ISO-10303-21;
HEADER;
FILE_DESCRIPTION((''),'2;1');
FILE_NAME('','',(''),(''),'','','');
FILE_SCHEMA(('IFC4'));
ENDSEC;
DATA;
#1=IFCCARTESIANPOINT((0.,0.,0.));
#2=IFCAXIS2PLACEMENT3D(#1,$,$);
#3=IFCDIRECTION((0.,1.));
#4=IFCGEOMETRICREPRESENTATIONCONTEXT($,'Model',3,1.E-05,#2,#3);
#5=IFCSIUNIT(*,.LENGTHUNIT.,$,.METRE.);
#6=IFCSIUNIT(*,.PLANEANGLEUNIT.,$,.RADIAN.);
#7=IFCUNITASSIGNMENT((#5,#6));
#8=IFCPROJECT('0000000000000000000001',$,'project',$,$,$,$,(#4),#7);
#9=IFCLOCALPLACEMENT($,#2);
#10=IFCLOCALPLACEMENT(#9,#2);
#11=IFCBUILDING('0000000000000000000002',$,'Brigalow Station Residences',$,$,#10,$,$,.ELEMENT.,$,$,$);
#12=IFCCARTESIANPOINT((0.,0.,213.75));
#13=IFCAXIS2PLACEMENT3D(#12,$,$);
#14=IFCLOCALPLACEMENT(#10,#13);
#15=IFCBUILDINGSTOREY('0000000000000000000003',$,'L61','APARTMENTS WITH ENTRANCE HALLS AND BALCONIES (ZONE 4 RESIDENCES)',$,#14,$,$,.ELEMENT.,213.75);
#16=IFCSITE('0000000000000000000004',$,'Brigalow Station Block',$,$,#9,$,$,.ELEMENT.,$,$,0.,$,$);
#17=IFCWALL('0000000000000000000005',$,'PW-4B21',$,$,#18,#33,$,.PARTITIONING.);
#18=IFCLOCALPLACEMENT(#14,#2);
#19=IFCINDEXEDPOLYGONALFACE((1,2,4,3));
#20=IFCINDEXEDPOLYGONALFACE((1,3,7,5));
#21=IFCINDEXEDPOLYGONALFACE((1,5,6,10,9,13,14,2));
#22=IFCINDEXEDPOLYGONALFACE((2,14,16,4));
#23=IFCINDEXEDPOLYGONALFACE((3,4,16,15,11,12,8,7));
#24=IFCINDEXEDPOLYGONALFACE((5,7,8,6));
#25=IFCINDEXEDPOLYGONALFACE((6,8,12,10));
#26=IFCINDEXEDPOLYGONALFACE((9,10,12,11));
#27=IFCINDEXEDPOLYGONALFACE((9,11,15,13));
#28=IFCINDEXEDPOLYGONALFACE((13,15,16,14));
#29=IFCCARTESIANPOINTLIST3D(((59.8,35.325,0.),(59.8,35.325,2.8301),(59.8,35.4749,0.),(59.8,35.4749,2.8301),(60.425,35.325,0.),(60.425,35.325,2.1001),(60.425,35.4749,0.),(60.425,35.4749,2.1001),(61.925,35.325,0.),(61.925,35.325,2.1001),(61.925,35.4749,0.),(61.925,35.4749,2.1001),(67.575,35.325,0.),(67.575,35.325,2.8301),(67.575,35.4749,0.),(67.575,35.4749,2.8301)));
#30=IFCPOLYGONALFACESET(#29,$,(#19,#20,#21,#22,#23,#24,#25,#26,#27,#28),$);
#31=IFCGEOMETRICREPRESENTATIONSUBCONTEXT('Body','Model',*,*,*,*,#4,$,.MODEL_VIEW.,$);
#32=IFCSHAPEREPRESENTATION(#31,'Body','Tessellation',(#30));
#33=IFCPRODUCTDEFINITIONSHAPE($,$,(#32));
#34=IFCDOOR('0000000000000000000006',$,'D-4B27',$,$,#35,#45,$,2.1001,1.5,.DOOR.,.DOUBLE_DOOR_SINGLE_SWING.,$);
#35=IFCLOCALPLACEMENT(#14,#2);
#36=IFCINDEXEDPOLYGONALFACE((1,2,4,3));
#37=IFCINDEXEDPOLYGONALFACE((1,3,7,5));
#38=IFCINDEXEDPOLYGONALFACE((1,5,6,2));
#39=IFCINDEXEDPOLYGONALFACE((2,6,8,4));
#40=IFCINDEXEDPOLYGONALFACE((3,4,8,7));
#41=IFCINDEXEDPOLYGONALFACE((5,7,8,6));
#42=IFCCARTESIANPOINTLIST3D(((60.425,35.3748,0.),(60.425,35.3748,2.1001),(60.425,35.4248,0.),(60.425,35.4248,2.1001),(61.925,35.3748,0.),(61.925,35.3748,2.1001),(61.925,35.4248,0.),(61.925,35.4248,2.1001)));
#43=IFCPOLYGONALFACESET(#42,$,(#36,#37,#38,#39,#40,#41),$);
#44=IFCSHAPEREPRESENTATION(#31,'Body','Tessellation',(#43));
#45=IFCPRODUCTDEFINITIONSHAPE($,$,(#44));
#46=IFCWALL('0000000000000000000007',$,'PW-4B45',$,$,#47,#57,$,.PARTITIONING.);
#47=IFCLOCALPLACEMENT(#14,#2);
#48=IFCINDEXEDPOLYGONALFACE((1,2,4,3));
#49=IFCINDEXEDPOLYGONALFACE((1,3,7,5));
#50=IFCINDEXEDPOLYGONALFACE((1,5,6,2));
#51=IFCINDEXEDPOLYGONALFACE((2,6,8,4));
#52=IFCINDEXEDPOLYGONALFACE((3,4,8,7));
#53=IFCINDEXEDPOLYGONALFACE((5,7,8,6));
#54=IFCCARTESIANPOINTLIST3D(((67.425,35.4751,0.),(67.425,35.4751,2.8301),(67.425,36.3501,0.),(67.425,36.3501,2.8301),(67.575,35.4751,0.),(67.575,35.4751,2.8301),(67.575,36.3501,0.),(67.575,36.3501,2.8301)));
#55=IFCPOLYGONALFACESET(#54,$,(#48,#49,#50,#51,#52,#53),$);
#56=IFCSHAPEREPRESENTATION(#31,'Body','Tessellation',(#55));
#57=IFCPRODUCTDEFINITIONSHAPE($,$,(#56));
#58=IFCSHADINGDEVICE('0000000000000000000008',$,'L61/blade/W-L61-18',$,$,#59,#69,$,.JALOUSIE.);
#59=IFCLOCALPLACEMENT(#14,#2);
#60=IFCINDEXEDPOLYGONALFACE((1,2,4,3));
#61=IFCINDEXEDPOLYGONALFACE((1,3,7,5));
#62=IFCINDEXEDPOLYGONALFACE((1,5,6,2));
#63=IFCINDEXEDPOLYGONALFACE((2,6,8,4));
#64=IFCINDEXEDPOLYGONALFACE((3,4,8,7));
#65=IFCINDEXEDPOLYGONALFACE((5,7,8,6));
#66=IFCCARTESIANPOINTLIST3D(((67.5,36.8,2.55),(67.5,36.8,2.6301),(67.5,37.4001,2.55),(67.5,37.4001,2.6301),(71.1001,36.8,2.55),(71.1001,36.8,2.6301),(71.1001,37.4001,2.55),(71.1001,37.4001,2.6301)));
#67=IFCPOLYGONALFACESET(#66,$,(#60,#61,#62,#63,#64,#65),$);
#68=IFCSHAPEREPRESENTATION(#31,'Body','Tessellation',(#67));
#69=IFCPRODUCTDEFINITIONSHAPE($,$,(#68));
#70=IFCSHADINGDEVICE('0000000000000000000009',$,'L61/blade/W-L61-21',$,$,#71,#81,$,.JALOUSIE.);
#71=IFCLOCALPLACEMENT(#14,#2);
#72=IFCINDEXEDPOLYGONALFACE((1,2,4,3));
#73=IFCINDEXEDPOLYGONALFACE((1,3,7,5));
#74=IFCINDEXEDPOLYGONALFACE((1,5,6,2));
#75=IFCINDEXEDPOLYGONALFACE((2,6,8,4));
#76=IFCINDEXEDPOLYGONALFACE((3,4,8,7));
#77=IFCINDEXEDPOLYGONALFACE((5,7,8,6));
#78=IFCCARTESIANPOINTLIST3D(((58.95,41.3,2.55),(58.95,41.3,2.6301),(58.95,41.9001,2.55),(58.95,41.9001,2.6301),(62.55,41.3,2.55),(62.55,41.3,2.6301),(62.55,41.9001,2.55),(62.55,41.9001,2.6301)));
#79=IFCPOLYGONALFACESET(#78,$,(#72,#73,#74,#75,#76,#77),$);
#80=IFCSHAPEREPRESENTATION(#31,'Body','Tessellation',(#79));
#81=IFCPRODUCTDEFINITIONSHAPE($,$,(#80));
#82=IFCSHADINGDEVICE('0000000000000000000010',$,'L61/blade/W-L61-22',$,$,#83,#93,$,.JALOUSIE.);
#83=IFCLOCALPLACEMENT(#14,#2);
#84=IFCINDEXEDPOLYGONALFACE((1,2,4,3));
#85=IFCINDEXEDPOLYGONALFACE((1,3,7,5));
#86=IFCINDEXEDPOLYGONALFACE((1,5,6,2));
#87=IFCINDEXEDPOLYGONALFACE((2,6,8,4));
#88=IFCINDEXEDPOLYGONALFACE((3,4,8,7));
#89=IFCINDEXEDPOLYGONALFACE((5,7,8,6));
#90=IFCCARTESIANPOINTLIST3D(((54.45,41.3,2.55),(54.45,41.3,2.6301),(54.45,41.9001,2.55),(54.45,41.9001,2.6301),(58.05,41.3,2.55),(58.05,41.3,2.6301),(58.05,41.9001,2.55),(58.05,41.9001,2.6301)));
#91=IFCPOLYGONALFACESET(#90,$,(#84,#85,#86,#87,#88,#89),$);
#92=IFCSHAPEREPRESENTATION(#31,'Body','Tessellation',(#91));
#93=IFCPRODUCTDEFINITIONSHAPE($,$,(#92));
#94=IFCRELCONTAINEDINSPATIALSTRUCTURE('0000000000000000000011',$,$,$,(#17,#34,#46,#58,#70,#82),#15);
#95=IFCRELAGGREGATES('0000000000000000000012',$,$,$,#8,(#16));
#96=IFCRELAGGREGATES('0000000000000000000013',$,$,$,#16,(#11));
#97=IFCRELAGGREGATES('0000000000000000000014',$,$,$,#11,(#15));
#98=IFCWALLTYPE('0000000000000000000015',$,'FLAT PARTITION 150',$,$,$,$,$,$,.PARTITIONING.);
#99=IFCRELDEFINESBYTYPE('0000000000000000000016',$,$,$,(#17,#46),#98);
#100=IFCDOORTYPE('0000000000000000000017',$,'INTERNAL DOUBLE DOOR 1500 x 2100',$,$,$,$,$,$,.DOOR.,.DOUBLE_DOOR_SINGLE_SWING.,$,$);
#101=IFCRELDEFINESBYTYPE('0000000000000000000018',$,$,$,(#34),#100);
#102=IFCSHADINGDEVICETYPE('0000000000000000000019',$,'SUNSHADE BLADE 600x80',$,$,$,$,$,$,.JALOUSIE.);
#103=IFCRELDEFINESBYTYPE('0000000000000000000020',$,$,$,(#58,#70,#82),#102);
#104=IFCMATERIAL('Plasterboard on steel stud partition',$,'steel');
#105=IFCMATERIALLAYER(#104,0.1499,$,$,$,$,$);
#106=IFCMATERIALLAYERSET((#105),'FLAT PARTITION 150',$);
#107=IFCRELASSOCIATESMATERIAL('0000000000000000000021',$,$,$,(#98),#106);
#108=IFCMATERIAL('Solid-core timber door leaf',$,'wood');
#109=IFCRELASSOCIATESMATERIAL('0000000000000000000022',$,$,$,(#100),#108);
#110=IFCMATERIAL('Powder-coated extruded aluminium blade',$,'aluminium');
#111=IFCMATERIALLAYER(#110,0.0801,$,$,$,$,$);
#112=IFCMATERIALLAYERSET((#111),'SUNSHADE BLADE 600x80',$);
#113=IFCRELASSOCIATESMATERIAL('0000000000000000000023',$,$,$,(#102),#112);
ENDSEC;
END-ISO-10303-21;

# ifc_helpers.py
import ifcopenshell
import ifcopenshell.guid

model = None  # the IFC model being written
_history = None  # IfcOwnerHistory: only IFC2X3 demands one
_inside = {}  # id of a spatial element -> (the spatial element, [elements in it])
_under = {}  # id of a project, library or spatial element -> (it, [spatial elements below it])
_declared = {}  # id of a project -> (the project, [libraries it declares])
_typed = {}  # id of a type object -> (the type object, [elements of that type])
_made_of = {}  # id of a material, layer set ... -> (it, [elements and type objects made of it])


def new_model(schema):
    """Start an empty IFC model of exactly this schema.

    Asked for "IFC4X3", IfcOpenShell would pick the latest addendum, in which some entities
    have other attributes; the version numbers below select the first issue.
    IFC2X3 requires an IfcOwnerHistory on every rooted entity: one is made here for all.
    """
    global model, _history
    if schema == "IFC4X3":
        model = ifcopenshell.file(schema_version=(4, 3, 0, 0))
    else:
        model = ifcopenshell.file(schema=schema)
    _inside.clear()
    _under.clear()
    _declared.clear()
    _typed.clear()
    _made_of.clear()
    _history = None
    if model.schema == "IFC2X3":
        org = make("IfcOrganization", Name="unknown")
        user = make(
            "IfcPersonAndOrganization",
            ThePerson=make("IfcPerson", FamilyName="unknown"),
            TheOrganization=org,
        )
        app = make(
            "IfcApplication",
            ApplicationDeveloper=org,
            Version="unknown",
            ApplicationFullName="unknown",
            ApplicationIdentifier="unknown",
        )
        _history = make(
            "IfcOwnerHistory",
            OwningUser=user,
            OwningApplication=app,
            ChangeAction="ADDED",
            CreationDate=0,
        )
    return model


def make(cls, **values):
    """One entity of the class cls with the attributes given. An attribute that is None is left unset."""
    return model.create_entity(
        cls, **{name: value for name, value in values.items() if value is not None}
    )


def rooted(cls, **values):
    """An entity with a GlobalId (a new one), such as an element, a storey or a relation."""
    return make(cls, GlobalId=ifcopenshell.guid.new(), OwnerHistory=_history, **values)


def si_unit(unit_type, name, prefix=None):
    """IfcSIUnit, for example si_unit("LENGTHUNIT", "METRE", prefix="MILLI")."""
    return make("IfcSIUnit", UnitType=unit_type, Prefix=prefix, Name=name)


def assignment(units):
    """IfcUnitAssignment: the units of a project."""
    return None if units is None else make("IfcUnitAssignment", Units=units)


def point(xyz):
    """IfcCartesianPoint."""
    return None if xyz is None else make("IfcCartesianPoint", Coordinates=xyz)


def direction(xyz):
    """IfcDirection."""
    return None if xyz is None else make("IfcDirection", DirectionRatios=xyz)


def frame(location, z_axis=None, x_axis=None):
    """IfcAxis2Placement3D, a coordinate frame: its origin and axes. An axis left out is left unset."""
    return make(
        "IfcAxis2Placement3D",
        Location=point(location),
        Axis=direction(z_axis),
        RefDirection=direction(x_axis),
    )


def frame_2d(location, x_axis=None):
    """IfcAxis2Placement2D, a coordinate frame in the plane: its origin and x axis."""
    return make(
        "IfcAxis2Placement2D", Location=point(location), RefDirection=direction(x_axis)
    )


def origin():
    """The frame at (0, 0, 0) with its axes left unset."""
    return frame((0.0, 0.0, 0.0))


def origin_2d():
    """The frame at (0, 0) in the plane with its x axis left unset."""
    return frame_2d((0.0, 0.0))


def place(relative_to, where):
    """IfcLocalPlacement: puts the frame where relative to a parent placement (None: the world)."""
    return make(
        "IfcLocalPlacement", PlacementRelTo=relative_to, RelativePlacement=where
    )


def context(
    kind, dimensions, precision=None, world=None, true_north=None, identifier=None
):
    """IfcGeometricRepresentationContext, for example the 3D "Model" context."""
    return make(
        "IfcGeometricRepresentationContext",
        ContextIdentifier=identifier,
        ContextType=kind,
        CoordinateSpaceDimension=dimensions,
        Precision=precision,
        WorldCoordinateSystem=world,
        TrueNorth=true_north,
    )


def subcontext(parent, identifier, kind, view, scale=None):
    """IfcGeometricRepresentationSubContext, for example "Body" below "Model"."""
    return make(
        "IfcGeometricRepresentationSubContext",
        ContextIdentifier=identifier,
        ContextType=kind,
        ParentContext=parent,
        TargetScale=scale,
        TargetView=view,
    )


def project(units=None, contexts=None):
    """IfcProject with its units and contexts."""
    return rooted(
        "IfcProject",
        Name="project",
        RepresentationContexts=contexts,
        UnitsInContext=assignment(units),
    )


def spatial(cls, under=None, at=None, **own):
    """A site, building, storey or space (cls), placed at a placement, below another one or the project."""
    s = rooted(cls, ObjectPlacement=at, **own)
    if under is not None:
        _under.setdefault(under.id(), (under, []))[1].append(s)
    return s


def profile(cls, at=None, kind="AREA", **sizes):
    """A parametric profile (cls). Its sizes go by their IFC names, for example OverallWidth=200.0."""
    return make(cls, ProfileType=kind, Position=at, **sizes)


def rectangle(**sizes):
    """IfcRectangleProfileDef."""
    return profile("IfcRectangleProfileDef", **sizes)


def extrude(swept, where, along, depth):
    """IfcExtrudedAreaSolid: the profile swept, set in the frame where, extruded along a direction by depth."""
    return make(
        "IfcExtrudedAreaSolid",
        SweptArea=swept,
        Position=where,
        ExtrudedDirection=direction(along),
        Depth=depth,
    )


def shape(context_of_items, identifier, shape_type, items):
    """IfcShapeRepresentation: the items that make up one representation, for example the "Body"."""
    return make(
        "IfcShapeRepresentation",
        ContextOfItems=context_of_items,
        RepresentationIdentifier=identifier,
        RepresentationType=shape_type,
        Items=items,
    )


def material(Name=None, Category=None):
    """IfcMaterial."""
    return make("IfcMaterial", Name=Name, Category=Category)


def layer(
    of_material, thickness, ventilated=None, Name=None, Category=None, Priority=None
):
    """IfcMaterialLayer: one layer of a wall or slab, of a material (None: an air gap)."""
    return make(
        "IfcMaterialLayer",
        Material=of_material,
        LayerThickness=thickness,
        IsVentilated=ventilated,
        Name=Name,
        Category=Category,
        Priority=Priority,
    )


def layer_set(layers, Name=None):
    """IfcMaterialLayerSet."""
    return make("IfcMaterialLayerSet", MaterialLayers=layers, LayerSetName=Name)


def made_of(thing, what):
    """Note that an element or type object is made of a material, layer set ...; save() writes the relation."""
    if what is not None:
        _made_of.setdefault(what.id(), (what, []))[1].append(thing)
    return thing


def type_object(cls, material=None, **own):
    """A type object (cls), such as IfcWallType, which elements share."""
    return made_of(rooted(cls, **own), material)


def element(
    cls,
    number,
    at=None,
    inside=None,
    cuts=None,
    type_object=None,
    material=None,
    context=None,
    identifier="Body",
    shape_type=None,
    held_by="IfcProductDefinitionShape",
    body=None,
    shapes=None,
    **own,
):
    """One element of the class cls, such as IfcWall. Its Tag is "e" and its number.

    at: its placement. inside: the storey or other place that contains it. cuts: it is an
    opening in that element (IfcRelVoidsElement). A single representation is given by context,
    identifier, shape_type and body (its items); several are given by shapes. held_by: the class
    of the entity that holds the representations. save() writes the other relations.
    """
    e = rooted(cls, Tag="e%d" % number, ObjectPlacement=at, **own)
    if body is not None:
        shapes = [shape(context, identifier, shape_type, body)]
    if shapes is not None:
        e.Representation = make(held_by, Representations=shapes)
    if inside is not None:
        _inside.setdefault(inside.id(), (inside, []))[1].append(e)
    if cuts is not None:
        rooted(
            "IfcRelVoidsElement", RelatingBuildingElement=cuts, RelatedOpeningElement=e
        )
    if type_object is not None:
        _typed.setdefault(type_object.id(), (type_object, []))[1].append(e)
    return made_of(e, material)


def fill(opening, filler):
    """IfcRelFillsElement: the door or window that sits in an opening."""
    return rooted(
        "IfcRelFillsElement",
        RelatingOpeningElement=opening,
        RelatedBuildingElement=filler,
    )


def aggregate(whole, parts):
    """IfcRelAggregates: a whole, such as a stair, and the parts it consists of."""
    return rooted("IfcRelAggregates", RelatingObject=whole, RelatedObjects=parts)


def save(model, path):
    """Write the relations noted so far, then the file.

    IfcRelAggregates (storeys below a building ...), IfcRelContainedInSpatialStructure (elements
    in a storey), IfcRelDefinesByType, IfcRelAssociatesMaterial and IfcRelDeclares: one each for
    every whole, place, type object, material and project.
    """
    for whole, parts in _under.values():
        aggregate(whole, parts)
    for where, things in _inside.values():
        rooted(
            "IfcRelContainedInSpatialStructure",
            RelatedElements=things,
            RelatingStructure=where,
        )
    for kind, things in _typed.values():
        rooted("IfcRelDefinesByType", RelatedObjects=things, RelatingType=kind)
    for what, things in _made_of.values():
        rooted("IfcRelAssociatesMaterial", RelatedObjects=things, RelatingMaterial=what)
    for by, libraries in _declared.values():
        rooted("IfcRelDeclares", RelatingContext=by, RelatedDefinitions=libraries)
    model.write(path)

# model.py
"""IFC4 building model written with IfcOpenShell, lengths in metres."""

from ifc_helpers import new_model, si_unit, direction, frame, frame_2d, origin, origin_2d, place, context, subcontext, project, spatial, rectangle, extrude, material, layer, layer_set, type_object, element, fill, save


model = new_model("IFC4")

# Units and contexts
model_context = context("Model", 3, precision=1e-05, world=origin(), true_north=direction((0.0, 1.0)))
body_context = subcontext(model_context, "Body", "Model", "MODEL_VIEW")
ifc_project = project(units=[si_unit("LENGTHUNIT", "METRE"), si_unit("PLANEANGLEUNIT", "RADIAN")], contexts=[model_context])

# Site, building, storey
site_placement = place(None, origin())
site = spatial("IfcSite", under=ifc_project, at=site_placement, Name="Brigalow Station Block", CompositionType="ELEMENT", RefElevation=0.0)
building_placement = place(site_placement, origin())
building = spatial("IfcBuilding", under=site, at=building_placement, Name="Brigalow Station Residences", CompositionType="ELEMENT")
storey_placement = place(building_placement, frame((0.0, 0.0, 213.75)))
storey = spatial("IfcBuildingStorey", under=building, at=storey_placement, Name="L61", Description="APARTMENTS WITH ENTRANCE HALLS AND BALCONIES (ZONE 4 RESIDENCES)", CompositionType="ELEMENT", Elevation=213.75)

# Wall, opening, door
ifc_material_1 = material(Name="Plasterboard on steel stud partition", Category="steel")
ifc_layer_1 = layer(ifc_material_1, 0.1499)
ifc_layer_set_1 = layer_set([ifc_layer_1], Name="FLAT PARTITION 150")
wall_type_1 = type_object("IfcWallType", Name="FLAT PARTITION 150", PredefinedType="PARTITIONING", material=ifc_layer_set_1)
wall_1_placement = place(storey_placement, frame((59.8, 35.3999, 0.0), z_axis=(0.0, 0.0, 1.0), x_axis=(1.0, 0.0, 0.0)))
wall_1 = element("IfcWall", 1, at=wall_1_placement, inside=storey, type_object=wall_type_1, Name="PW-4B21", PredefinedType="PARTITIONING", context=body_context, shape_type="SweptSolid", body=[
    extrude(rectangle(XDim=7.7749, YDim=0.1499, at=frame_2d((3.8875, 0.0))), origin(), (0.0, 0.0, 1.0), 2.8301),
])
opening_1_placement = place(wall_1_placement, frame((0.625, 0.0, 0.0)))
opening_1 = element("IfcOpeningElement", 2, at=opening_1_placement, cuts=wall_1, PredefinedType="OPENING", context=body_context, shape_type="SweptSolid", body=[
    extrude(rectangle(XDim=1.5, YDim=2.1001, at=frame_2d((0.75, 1.05))), frame((0.0, 0.085, 0.0), z_axis=(0.0, -1.0, 0.0), x_axis=(1.0, 0.0, 0.0)), (0.0, 0.0, 1.0), 0.1699),
])
ifc_material_2 = material(Name="Solid-core timber door leaf", Category="wood")
door_type_1 = type_object("IfcDoorType", Name="INTERNAL DOUBLE DOOR 1500 x 2100", OperationType="DOUBLE_DOOR_SINGLE_SWING", PredefinedType="DOOR", material=ifc_material_2)
door_1_placement = place(opening_1_placement, origin())
door_1 = element("IfcDoor", 3, at=door_1_placement, inside=storey, type_object=door_type_1, Name="D-4B27", OperationType="DOUBLE_DOOR_SINGLE_SWING", OverallHeight=2.1001, OverallWidth=1.5, PredefinedType="DOOR", context=body_context, shape_type="SweptSolid", body=[
    extrude(rectangle(XDim=1.5, YDim=2.1001, at=frame_2d((0.75, 1.05))), frame((0.0, 0.0249, 0.0), z_axis=(0.0, -1.0, 0.0), x_axis=(1.0, 0.0, 0.0)), (0.0, 0.0, 1.0), 0.05),
])
fill(opening_1, door_1)

# Wall
wall_2_placement = place(storey_placement, frame((67.5, 35.4751, 0.0), z_axis=(0.0, 0.0, 1.0), x_axis=(0.0, 1.0, 0.0)))
element("IfcWall", 4, at=wall_2_placement, inside=storey, type_object=wall_type_1, Name="PW-4B45", PredefinedType="PARTITIONING", context=body_context, shape_type="SweptSolid", body=[
    extrude(rectangle(XDim=0.875, YDim=0.1499, at=frame_2d((0.4375, 0.0))), origin(), (0.0, 0.0, 1.0), 2.8301),
])

# Shading devices
ifc_material_3 = material(Name="Powder-coated extruded aluminium blade", Category="aluminium")
ifc_layer_2 = layer(ifc_material_3, 0.0801)
ifc_layer_set_2 = layer_set([ifc_layer_2], Name="SUNSHADE BLADE 600x80")
shading_device_type = type_object("IfcShadingDeviceType", Name="SUNSHADE BLADE 600x80", PredefinedType="JALOUSIE", material=ifc_layer_set_2)
for number, where, z_axis, x_axis, name in (
    (5, (69.3, 37.1001, 2.55), (0.0, 0.0, 1.0), (-1.0, 0.0, 0.0), "L61/blade/W-L61-18"),
    (6, (60.75, 41.6001, 2.55), (0.0, 0.0, 1.0), (-1.0, 0.0, 0.0), "L61/blade/W-L61-21"),
    (7, (56.25, 41.6001, 2.55), (0.0, 0.0, 1.0), (-1.0, 0.0, 0.0), "L61/blade/W-L61-22"),
):
    element("IfcShadingDevice", number, at=place(storey_placement, frame(where, z_axis=z_axis, x_axis=x_axis)), inside=storey, type_object=shading_device_type, Name=name, PredefinedType="JALOUSIE", context=body_context, shape_type="SweptSolid", body=[
        extrude(rectangle(XDim=3.6001, YDim=0.6001, at=origin_2d()), origin(), (0.0, 0.0, 1.0), 0.0801),
    ])

save(model, "model.ifc")
